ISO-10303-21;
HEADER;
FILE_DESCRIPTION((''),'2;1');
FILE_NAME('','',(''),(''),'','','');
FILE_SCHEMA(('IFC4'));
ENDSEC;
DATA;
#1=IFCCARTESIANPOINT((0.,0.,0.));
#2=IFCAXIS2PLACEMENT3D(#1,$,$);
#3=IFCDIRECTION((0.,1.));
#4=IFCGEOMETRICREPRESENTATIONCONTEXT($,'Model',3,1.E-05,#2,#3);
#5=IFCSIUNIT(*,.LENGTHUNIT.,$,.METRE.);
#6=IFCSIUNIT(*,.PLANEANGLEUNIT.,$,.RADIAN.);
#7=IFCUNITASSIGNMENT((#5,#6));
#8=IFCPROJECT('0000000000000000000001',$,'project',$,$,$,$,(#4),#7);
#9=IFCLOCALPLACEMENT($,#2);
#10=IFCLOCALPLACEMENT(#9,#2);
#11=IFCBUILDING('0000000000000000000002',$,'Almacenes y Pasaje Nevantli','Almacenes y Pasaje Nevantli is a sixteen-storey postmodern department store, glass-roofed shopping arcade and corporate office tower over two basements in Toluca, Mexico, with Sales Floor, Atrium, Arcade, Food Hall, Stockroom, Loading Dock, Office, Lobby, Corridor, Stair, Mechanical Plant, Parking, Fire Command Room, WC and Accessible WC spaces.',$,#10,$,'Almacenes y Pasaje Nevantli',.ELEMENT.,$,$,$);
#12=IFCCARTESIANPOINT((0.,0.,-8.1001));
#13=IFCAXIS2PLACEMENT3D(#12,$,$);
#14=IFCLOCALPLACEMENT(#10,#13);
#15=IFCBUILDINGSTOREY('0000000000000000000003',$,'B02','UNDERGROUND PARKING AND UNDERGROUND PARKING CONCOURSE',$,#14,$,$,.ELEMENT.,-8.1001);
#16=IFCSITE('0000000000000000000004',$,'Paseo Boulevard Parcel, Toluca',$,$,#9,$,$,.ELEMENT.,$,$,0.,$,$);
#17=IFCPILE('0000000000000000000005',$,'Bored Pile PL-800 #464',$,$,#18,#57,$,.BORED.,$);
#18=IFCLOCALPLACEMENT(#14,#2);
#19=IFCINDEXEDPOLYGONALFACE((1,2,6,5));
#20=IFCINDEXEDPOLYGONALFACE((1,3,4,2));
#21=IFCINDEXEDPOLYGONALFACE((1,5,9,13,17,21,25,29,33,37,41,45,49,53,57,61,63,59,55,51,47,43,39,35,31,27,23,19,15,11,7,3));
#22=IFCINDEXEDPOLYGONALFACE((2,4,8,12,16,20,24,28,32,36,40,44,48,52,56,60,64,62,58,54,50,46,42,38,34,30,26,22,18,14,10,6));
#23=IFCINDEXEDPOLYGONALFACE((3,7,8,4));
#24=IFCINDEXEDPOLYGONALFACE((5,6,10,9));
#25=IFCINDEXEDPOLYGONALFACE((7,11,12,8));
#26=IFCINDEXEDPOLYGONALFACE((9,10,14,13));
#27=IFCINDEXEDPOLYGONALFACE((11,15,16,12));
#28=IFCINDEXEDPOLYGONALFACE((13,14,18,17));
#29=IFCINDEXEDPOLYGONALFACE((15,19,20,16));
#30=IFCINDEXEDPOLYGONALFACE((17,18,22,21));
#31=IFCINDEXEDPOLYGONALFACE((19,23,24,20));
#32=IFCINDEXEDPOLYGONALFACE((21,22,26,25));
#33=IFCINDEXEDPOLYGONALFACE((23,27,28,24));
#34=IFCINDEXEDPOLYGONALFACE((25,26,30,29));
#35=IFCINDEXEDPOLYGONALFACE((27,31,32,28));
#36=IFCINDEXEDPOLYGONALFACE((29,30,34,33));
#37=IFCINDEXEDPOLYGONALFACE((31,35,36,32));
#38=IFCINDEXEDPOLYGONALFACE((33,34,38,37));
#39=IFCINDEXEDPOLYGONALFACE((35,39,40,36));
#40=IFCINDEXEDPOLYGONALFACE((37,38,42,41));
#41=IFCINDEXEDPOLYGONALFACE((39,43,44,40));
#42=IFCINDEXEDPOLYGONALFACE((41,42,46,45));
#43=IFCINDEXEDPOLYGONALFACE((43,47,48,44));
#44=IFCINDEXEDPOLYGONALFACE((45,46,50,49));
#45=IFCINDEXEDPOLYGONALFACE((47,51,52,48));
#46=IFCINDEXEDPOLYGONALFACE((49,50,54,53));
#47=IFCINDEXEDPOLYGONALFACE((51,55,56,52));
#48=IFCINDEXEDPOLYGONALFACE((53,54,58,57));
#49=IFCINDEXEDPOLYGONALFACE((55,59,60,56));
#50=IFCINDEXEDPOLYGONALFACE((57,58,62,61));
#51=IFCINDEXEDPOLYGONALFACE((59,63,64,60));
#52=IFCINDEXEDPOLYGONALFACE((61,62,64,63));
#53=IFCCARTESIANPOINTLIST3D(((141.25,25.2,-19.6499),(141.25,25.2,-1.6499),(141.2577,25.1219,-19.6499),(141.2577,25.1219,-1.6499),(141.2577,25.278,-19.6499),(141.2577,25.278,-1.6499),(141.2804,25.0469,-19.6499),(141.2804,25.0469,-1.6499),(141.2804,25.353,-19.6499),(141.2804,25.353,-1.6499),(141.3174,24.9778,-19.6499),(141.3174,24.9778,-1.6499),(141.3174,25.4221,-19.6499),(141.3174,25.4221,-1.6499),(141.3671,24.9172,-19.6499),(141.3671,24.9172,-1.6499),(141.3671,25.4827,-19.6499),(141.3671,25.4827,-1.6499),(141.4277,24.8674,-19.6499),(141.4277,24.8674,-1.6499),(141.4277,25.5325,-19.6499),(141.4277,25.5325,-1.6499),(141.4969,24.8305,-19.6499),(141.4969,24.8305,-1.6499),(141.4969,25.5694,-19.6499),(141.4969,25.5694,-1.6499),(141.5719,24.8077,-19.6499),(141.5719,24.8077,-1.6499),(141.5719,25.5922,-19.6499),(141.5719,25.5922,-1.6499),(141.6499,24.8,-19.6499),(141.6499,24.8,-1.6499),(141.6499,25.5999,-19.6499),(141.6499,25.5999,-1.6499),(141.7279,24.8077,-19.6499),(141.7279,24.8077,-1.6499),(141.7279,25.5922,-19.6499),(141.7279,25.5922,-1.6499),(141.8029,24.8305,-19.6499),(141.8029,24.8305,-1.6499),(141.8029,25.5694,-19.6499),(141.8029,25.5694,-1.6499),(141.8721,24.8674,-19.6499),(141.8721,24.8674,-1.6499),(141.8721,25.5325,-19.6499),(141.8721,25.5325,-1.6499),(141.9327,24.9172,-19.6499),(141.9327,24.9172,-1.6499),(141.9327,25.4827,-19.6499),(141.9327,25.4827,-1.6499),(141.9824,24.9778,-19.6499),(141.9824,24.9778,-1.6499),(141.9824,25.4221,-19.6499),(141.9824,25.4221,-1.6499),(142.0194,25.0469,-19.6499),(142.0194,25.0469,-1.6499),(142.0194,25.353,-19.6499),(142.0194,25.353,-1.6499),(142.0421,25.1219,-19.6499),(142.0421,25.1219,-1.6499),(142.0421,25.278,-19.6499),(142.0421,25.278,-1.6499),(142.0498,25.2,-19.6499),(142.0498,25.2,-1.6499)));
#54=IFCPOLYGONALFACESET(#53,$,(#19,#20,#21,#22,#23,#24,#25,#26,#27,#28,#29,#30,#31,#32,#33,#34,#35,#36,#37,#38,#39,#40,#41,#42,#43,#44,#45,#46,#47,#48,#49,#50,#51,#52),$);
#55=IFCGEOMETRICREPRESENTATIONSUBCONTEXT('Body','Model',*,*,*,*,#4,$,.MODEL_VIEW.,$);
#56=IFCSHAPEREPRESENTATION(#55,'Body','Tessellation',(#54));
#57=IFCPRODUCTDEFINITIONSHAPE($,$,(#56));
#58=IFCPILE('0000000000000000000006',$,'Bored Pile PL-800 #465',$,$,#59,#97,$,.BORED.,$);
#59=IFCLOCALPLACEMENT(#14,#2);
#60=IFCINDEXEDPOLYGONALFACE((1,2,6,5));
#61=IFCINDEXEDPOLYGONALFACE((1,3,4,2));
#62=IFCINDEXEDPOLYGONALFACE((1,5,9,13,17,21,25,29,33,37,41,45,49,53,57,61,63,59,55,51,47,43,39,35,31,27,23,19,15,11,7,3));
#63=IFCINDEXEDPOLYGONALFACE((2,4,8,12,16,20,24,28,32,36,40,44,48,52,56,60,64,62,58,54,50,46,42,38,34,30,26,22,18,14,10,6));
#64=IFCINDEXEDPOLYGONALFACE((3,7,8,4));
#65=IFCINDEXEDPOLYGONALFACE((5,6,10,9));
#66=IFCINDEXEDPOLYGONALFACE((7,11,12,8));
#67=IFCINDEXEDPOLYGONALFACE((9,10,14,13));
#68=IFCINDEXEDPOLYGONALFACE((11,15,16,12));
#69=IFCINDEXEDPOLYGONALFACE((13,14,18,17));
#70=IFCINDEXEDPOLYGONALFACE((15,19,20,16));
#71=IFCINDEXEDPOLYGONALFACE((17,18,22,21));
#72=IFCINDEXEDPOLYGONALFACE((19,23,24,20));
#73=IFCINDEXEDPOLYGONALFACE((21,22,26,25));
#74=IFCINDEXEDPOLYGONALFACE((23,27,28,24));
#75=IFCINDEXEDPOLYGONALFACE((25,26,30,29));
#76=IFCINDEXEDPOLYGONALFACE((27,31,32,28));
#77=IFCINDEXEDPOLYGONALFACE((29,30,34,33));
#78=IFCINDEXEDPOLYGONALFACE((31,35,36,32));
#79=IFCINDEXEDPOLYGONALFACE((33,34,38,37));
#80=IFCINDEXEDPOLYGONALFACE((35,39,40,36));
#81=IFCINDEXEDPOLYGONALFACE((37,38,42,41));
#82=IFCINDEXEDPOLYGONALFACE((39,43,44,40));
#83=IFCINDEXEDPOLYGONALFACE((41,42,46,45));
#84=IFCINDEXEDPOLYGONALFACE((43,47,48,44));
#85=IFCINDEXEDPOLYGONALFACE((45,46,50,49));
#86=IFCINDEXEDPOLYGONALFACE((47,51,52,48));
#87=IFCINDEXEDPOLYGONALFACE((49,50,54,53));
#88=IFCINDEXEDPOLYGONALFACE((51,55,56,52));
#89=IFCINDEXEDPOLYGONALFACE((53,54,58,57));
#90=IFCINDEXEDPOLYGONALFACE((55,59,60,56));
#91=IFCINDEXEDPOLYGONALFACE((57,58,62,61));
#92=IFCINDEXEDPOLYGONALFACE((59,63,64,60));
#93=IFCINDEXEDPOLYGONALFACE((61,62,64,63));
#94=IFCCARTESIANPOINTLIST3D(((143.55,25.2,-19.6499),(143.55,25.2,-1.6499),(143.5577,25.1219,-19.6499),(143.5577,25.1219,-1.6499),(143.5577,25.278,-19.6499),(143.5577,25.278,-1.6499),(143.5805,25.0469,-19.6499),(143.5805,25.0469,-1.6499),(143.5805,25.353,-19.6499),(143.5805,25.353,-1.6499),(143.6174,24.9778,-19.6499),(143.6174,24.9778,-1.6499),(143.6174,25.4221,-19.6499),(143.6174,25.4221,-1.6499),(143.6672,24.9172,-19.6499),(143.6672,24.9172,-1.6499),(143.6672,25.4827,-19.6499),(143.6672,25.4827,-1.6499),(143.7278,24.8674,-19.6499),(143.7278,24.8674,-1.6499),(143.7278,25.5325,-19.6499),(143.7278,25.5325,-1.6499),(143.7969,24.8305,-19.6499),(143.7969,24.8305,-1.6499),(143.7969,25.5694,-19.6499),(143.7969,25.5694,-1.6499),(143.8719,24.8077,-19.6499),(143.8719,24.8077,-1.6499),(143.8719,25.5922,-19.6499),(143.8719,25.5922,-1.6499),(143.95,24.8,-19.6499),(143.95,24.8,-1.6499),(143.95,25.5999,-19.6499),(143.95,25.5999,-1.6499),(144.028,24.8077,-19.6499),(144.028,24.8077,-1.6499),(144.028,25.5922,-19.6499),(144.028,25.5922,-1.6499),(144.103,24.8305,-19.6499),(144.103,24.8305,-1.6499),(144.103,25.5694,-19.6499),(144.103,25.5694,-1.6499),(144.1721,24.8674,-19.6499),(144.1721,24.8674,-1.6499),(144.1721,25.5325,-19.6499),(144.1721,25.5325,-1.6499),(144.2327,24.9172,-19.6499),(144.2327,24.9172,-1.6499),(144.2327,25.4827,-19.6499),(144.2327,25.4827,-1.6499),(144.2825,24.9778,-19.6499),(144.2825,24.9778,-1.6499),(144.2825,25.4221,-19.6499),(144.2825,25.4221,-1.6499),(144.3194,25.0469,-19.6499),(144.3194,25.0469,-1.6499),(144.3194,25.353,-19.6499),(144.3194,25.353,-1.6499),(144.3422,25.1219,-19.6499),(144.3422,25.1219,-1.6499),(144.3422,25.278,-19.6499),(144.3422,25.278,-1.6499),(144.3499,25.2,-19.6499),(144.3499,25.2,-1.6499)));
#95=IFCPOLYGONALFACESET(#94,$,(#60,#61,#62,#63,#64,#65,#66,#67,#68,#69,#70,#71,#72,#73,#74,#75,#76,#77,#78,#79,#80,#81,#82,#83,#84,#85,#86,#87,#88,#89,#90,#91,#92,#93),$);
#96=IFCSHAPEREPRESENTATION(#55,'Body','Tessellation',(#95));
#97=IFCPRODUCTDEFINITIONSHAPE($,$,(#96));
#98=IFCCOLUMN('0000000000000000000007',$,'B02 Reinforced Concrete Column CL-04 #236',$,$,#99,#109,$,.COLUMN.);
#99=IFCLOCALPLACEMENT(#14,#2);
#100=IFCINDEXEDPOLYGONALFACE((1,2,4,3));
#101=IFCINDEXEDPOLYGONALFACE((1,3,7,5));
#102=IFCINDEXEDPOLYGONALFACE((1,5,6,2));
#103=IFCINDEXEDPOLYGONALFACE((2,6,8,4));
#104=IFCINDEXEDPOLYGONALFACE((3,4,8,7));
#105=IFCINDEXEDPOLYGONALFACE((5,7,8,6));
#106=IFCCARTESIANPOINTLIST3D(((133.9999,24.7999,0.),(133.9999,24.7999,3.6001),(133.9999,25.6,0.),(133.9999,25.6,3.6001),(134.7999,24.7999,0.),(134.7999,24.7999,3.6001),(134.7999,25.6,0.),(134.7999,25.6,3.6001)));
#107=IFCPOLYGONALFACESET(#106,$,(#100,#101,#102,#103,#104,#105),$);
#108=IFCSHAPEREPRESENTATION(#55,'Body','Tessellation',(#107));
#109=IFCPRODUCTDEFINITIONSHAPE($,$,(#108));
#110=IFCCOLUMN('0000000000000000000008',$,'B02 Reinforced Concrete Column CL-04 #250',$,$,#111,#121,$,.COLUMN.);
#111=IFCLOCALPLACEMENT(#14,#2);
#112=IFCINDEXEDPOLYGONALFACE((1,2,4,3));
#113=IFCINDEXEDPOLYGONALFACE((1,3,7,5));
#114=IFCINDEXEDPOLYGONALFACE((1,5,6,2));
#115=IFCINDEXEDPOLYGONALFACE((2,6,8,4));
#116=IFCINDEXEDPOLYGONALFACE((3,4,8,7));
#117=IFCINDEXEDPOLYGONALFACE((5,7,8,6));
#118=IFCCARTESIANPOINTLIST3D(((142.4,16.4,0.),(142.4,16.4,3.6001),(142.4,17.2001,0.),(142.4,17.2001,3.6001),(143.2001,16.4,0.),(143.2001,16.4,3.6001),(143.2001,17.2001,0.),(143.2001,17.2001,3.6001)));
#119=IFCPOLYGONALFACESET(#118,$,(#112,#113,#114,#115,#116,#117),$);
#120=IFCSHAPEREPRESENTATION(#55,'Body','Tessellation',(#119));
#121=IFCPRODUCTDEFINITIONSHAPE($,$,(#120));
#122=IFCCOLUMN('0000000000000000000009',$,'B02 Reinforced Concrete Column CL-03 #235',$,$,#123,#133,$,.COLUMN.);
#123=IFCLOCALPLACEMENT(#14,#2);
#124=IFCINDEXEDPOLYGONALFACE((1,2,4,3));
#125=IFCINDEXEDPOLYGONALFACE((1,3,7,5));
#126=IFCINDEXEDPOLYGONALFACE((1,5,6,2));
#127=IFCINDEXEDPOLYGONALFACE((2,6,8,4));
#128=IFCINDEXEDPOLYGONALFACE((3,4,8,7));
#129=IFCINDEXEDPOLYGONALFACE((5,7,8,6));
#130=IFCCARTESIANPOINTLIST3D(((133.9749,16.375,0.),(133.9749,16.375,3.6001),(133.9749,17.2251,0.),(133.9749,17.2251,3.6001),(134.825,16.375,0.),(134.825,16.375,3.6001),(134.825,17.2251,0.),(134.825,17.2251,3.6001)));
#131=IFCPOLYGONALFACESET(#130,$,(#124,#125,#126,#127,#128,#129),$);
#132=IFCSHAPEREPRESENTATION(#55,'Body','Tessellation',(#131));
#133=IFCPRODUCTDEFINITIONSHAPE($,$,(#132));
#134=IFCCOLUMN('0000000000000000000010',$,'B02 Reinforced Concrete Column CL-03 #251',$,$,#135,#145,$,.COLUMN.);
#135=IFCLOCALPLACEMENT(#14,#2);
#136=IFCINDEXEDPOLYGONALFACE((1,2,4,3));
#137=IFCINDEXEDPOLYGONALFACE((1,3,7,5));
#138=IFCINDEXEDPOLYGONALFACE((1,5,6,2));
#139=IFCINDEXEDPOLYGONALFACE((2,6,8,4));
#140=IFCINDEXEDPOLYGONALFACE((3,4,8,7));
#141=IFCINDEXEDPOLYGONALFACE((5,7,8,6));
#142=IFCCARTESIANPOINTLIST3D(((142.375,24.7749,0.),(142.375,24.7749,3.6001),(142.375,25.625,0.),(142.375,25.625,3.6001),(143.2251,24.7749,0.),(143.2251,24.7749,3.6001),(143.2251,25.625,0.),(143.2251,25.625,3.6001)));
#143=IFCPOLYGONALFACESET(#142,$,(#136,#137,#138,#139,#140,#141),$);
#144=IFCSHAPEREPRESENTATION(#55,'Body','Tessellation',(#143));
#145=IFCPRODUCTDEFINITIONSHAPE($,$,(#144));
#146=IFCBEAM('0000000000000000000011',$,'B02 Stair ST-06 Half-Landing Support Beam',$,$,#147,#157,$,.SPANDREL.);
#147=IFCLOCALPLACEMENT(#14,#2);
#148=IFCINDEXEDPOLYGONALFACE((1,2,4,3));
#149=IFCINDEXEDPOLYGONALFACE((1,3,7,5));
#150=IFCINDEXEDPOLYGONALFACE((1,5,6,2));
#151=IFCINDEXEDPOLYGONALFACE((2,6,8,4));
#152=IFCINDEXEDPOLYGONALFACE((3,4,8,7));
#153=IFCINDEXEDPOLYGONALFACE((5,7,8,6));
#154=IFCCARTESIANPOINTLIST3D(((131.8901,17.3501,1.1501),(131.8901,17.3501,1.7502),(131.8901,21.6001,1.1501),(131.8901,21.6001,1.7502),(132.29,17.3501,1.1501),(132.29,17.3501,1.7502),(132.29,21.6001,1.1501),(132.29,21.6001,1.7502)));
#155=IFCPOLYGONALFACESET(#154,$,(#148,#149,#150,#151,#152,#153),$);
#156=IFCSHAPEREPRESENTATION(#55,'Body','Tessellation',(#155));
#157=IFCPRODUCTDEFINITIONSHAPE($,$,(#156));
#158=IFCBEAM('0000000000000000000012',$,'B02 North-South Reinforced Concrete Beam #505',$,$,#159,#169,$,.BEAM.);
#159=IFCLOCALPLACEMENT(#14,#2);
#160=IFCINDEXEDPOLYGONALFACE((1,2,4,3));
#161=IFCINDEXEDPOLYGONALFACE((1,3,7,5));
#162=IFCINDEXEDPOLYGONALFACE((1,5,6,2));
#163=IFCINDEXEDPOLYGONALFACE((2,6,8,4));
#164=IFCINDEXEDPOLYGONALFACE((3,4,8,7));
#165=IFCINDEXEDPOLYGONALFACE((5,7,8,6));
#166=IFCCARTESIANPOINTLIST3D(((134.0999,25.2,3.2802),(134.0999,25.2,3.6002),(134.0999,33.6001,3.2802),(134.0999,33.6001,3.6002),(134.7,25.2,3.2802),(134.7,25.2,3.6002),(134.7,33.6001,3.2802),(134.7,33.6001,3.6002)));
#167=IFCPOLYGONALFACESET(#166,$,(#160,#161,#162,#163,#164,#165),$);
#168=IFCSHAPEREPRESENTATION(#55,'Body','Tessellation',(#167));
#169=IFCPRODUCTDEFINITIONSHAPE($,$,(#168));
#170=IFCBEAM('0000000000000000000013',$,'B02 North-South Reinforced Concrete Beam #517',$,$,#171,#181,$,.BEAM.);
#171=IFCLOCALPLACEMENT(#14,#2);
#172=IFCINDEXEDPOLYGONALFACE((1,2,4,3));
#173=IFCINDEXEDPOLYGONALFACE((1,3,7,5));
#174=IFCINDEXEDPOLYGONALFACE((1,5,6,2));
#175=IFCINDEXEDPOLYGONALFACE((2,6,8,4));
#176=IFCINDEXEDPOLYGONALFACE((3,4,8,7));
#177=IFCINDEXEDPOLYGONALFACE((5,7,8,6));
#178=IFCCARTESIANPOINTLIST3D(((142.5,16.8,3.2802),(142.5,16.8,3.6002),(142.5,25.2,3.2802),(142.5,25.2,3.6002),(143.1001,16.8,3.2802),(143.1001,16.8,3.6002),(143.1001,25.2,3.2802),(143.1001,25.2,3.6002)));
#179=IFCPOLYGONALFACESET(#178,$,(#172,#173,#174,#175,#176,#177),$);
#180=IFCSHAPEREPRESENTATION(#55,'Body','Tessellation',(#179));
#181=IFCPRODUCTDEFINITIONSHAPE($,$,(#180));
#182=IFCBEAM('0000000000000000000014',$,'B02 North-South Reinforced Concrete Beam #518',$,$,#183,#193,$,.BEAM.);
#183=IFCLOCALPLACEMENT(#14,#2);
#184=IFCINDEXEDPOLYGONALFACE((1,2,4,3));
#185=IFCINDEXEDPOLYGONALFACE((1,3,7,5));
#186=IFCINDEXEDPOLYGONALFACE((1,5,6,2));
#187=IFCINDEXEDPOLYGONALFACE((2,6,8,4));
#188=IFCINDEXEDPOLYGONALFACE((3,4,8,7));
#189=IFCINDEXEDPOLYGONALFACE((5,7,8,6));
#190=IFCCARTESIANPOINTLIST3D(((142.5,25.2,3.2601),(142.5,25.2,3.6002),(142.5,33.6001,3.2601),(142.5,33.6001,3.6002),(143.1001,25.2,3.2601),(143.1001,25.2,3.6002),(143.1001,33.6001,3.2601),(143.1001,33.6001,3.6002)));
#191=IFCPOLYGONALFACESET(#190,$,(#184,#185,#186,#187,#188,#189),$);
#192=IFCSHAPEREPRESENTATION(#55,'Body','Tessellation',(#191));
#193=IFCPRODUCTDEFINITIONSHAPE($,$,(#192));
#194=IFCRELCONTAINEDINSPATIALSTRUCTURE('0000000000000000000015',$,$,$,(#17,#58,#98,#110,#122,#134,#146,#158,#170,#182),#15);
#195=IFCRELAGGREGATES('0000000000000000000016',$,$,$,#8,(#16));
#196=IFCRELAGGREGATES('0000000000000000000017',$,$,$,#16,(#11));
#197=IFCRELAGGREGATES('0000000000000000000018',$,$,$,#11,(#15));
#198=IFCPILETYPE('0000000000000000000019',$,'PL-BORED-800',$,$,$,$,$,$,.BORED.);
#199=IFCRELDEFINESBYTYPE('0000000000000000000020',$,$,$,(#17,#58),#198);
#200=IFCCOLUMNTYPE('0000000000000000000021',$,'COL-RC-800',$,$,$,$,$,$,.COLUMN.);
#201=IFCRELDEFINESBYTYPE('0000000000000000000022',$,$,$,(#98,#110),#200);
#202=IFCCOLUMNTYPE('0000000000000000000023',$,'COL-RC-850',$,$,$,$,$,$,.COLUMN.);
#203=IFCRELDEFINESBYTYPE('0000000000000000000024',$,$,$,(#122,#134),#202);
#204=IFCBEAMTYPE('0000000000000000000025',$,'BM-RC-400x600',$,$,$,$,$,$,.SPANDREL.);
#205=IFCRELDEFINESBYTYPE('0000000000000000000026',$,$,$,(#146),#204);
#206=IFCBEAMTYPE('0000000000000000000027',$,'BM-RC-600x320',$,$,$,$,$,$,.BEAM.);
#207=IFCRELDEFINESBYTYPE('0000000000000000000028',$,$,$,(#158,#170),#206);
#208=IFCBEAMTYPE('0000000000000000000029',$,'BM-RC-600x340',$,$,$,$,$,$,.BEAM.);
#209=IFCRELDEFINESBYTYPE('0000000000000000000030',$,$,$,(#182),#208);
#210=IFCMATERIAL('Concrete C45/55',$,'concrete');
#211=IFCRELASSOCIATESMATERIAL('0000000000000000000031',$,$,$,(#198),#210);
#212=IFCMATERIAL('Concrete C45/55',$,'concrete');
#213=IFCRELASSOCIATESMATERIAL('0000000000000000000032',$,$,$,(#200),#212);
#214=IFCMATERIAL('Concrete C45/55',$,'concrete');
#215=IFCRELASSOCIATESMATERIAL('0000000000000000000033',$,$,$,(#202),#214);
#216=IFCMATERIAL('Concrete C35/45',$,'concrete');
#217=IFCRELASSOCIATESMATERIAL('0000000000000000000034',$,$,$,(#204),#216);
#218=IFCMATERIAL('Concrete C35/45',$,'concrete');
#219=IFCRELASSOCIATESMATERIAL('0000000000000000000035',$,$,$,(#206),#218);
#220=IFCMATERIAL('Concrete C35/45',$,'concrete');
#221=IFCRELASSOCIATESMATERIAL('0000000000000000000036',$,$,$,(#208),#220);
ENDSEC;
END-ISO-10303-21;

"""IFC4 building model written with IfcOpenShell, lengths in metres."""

from ifc_helpers import new_model, si_unit, direction, frame, origin, origin_2d, place, context, subcontext, project, spatial, rectangle, circle, extrude, material, material_profile, profile_set, type_object, element, save


model = new_model("IFC4")

# Units and contexts
model_context = context("Model", 3, precision=1e-05, world=origin(), true_north=direction((0.0, 1.0)))
body_context = subcontext(model_context, "Body", "Model", "MODEL_VIEW")
ifc_project = project(units=[si_unit("LENGTHUNIT", "METRE"), si_unit("PLANEANGLEUNIT", "RADIAN")], contexts=[model_context])

# Site, building, storey
site_placement = place(None, origin())
site = spatial("IfcSite", under=ifc_project, at=site_placement, Name="Paseo Boulevard Parcel, Toluca", CompositionType="ELEMENT", RefElevation=0.0)
building_placement = place(site_placement, origin())
building = spatial("IfcBuilding", under=site, at=building_placement, Name="Almacenes y Pasaje Nevantli", Description="Almacenes y Pasaje Nevantli is a sixteen-storey postmodern department store, glass-roofed shopping arcade and corporate office tower over two basements in Toluca, Mexico, with Sales Floor, Atrium, Arcade, Food Hall, Stockroom, Loading Dock, Office, Lobby, Corridor, Stair, Mechanical Plant, Parking, Fire Command Room, WC and Accessible WC spaces.", LongName="Almacenes y Pasaje Nevantli", CompositionType="ELEMENT")
storey_placement = place(building_placement, frame((0.0, 0.0, -8.1001)))
storey = spatial("IfcBuildingStorey", under=building, at=storey_placement, Name="B02", Description="UNDERGROUND PARKING AND UNDERGROUND PARKING CONCOURSE", CompositionType="ELEMENT", Elevation=-8.1001)

# Piles
ifc_material_1 = material(Name="Concrete C45/55", Category="concrete")
ifc_material_profile_1 = material_profile(ifc_material_1, circle(Radius=0.3999, at=origin_2d()), Name="RC-PILE-D800")
ifc_profile_set_1 = profile_set([ifc_material_profile_1], Name="Concrete C45/55")
pile_type_1 = type_object("IfcPileType", Name="PL-BORED-800", PredefinedType="BORED", material=ifc_profile_set_1)
for number, where, z_axis, x_axis, name in (
    (1, (141.6499, 25.2, -1.6499), (0.0, 0.0, -1.0), (1.0, 0.0, 0.0), "Bored Pile PL-800 #464"),
    (2, (143.95, 25.2, -1.6499), (0.0, 0.0, -1.0), (1.0, 0.0, 0.0), "Bored Pile PL-800 #465"),
):
    element("IfcPile", number, at=place(storey_placement, frame(where, z_axis=z_axis, x_axis=x_axis)), inside=storey, type_object=pile_type_1, Name=name, PredefinedType="BORED", context=body_context, shape_type="SweptSolid", body=[
        extrude(circle(Radius=0.3999, at=origin_2d()), origin(), (0.0, 0.0, 1.0), 18.0),
    ])

# Columns
ifc_material_2 = material(Name="Concrete C45/55", Category="concrete")
ifc_material_profile_2 = material_profile(ifc_material_2, rectangle(XDim=0.8, YDim=0.8, at=origin_2d()), Name="RC-COL-800x800")
ifc_profile_set_2 = profile_set([ifc_material_profile_2], Name="Concrete C45/55")
column_type_1 = type_object("IfcColumnType", Name="COL-RC-800", PredefinedType="COLUMN", material=ifc_profile_set_2)
for number, where, z_axis, x_axis, name in (
    (3, (134.3999, 25.2, 0.0), (0.0, 0.0, 1.0), (1.0, 0.0, 0.0), "B02 Reinforced Concrete Column CL-04 #236"),
    (4, (142.8, 16.8, 0.0), (0.0, 0.0, 1.0), (1.0, 0.0, 0.0), "B02 Reinforced Concrete Column CL-04 #250"),
):
    element("IfcColumn", number, at=place(storey_placement, frame(where, z_axis=z_axis, x_axis=x_axis)), inside=storey, type_object=column_type_1, Name=name, PredefinedType="COLUMN", context=body_context, shape_type="SweptSolid", body=[
        extrude(rectangle(XDim=0.8, YDim=0.8, at=origin_2d()), origin(), (0.0, 0.0, 1.0), 3.6001),
    ])
ifc_material_3 = material(Name="Concrete C45/55", Category="concrete")
ifc_material_profile_3 = material_profile(ifc_material_3, rectangle(XDim=0.8501, YDim=0.8501, at=origin_2d()), Name="RC-COL-850x850")
ifc_profile_set_3 = profile_set([ifc_material_profile_3], Name="Concrete C45/55")
column_type_2 = type_object("IfcColumnType", Name="COL-RC-850", PredefinedType="COLUMN", material=ifc_profile_set_3)
for number, where, z_axis, x_axis, name in (
    (5, (134.3999, 16.8, 0.0), (0.0, 0.0, 1.0), (1.0, 0.0, 0.0), "B02 Reinforced Concrete Column CL-03 #235"),
    (6, (142.8, 25.2, 0.0), (0.0, 0.0, 1.0), (1.0, 0.0, 0.0), "B02 Reinforced Concrete Column CL-03 #251"),
):
    element("IfcColumn", number, at=place(storey_placement, frame(where, z_axis=z_axis, x_axis=x_axis)), inside=storey, type_object=column_type_2, Name=name, PredefinedType="COLUMN", context=body_context, shape_type="SweptSolid", body=[
        extrude(rectangle(XDim=0.8501, YDim=0.8501, at=origin_2d()), origin(), (0.0, 0.0, 1.0), 3.6001),
    ])

# Beams
ifc_material_4 = material(Name="Concrete C35/45", Category="concrete")
ifc_material_profile_4 = material_profile(ifc_material_4, rectangle(XDim=0.3999, YDim=0.6001, at=origin_2d()), Name="RC-BM-400x600")
ifc_profile_set_4 = profile_set([ifc_material_profile_4], Name="Concrete C35/45")
beam_type_1 = type_object("IfcBeamType", Name="BM-RC-400x600", PredefinedType="SPANDREL", material=ifc_profile_set_4)
beam_1_placement = place(storey_placement, frame((132.0901, 17.3501, 1.4502), z_axis=(0.0, 1.0, 0.0), x_axis=(-1.0, 0.0, 0.0)))
element("IfcBeam", 7, at=beam_1_placement, inside=storey, type_object=beam_type_1, Name="B02 Stair ST-06 Half-Landing Support Beam", PredefinedType="SPANDREL", context=body_context, shape_type="SweptSolid", body=[
    extrude(rectangle(XDim=0.3999, YDim=0.6001, at=origin_2d()), origin(), (0.0, 0.0, 1.0), 4.25),
])
ifc_material_5 = material(Name="Concrete C35/45", Category="concrete")
ifc_material_profile_5 = material_profile(ifc_material_5, rectangle(XDim=0.6001, YDim=0.3201, at=origin_2d()), Name="RC-BM-600x320")
ifc_profile_set_5 = profile_set([ifc_material_profile_5], Name="Concrete C35/45")
beam_type_2 = type_object("IfcBeamType", Name="BM-RC-600x320", PredefinedType="BEAM", material=ifc_profile_set_5)
beam_2_placement = place(storey_placement, frame((134.3999, 25.2, 3.4402), z_axis=(0.0, 1.0, 0.0), x_axis=(-1.0, 0.0, 0.0)))
element("IfcBeam", 8, at=beam_2_placement, inside=storey, type_object=beam_type_2, Name="B02 North-South Reinforced Concrete Beam #505", PredefinedType="BEAM", context=body_context, shape_type="SweptSolid", body=[
    extrude(rectangle(XDim=0.6001, YDim=0.3201, at=origin_2d()), origin(), (0.0, 0.0, 1.0), 8.4001),
])
beam_3_placement = place(storey_placement, frame((142.8, 16.8, 3.4402), z_axis=(0.0, 1.0, 0.0), x_axis=(-1.0, 0.0, 0.0)))
element("IfcBeam", 9, at=beam_3_placement, inside=storey, type_object=beam_type_2, Name="B02 North-South Reinforced Concrete Beam #517", PredefinedType="BEAM", context=body_context, shape_type="SweptSolid", body=[
    extrude(rectangle(XDim=0.6001, YDim=0.3201, at=origin_2d()), origin(), (0.0, 0.0, 1.0), 8.3999),
])
ifc_material_6 = material(Name="Concrete C35/45", Category="concrete")
ifc_material_profile_6 = material_profile(ifc_material_6, rectangle(XDim=0.6001, YDim=0.3401, at=origin_2d()), Name="RC-BM-600x340")
ifc_profile_set_6 = profile_set([ifc_material_profile_6], Name="Concrete C35/45")
beam_type_3 = type_object("IfcBeamType", Name="BM-RC-600x340", PredefinedType="BEAM", material=ifc_profile_set_6)
beam_4_placement = place(storey_placement, frame((142.8, 25.2, 3.4302), z_axis=(0.0, 1.0, 0.0), x_axis=(-1.0, 0.0, 0.0)))
element("IfcBeam", 10, at=beam_4_placement, inside=storey, type_object=beam_type_3, Name="B02 North-South Reinforced Concrete Beam #518", PredefinedType="BEAM", context=body_context, shape_type="SweptSolid", body=[
    extrude(rectangle(XDim=0.6001, YDim=0.3401, at=origin_2d()), origin(), (0.0, 0.0, 1.0), 8.4001),
])

save(model, "model.ifc")
